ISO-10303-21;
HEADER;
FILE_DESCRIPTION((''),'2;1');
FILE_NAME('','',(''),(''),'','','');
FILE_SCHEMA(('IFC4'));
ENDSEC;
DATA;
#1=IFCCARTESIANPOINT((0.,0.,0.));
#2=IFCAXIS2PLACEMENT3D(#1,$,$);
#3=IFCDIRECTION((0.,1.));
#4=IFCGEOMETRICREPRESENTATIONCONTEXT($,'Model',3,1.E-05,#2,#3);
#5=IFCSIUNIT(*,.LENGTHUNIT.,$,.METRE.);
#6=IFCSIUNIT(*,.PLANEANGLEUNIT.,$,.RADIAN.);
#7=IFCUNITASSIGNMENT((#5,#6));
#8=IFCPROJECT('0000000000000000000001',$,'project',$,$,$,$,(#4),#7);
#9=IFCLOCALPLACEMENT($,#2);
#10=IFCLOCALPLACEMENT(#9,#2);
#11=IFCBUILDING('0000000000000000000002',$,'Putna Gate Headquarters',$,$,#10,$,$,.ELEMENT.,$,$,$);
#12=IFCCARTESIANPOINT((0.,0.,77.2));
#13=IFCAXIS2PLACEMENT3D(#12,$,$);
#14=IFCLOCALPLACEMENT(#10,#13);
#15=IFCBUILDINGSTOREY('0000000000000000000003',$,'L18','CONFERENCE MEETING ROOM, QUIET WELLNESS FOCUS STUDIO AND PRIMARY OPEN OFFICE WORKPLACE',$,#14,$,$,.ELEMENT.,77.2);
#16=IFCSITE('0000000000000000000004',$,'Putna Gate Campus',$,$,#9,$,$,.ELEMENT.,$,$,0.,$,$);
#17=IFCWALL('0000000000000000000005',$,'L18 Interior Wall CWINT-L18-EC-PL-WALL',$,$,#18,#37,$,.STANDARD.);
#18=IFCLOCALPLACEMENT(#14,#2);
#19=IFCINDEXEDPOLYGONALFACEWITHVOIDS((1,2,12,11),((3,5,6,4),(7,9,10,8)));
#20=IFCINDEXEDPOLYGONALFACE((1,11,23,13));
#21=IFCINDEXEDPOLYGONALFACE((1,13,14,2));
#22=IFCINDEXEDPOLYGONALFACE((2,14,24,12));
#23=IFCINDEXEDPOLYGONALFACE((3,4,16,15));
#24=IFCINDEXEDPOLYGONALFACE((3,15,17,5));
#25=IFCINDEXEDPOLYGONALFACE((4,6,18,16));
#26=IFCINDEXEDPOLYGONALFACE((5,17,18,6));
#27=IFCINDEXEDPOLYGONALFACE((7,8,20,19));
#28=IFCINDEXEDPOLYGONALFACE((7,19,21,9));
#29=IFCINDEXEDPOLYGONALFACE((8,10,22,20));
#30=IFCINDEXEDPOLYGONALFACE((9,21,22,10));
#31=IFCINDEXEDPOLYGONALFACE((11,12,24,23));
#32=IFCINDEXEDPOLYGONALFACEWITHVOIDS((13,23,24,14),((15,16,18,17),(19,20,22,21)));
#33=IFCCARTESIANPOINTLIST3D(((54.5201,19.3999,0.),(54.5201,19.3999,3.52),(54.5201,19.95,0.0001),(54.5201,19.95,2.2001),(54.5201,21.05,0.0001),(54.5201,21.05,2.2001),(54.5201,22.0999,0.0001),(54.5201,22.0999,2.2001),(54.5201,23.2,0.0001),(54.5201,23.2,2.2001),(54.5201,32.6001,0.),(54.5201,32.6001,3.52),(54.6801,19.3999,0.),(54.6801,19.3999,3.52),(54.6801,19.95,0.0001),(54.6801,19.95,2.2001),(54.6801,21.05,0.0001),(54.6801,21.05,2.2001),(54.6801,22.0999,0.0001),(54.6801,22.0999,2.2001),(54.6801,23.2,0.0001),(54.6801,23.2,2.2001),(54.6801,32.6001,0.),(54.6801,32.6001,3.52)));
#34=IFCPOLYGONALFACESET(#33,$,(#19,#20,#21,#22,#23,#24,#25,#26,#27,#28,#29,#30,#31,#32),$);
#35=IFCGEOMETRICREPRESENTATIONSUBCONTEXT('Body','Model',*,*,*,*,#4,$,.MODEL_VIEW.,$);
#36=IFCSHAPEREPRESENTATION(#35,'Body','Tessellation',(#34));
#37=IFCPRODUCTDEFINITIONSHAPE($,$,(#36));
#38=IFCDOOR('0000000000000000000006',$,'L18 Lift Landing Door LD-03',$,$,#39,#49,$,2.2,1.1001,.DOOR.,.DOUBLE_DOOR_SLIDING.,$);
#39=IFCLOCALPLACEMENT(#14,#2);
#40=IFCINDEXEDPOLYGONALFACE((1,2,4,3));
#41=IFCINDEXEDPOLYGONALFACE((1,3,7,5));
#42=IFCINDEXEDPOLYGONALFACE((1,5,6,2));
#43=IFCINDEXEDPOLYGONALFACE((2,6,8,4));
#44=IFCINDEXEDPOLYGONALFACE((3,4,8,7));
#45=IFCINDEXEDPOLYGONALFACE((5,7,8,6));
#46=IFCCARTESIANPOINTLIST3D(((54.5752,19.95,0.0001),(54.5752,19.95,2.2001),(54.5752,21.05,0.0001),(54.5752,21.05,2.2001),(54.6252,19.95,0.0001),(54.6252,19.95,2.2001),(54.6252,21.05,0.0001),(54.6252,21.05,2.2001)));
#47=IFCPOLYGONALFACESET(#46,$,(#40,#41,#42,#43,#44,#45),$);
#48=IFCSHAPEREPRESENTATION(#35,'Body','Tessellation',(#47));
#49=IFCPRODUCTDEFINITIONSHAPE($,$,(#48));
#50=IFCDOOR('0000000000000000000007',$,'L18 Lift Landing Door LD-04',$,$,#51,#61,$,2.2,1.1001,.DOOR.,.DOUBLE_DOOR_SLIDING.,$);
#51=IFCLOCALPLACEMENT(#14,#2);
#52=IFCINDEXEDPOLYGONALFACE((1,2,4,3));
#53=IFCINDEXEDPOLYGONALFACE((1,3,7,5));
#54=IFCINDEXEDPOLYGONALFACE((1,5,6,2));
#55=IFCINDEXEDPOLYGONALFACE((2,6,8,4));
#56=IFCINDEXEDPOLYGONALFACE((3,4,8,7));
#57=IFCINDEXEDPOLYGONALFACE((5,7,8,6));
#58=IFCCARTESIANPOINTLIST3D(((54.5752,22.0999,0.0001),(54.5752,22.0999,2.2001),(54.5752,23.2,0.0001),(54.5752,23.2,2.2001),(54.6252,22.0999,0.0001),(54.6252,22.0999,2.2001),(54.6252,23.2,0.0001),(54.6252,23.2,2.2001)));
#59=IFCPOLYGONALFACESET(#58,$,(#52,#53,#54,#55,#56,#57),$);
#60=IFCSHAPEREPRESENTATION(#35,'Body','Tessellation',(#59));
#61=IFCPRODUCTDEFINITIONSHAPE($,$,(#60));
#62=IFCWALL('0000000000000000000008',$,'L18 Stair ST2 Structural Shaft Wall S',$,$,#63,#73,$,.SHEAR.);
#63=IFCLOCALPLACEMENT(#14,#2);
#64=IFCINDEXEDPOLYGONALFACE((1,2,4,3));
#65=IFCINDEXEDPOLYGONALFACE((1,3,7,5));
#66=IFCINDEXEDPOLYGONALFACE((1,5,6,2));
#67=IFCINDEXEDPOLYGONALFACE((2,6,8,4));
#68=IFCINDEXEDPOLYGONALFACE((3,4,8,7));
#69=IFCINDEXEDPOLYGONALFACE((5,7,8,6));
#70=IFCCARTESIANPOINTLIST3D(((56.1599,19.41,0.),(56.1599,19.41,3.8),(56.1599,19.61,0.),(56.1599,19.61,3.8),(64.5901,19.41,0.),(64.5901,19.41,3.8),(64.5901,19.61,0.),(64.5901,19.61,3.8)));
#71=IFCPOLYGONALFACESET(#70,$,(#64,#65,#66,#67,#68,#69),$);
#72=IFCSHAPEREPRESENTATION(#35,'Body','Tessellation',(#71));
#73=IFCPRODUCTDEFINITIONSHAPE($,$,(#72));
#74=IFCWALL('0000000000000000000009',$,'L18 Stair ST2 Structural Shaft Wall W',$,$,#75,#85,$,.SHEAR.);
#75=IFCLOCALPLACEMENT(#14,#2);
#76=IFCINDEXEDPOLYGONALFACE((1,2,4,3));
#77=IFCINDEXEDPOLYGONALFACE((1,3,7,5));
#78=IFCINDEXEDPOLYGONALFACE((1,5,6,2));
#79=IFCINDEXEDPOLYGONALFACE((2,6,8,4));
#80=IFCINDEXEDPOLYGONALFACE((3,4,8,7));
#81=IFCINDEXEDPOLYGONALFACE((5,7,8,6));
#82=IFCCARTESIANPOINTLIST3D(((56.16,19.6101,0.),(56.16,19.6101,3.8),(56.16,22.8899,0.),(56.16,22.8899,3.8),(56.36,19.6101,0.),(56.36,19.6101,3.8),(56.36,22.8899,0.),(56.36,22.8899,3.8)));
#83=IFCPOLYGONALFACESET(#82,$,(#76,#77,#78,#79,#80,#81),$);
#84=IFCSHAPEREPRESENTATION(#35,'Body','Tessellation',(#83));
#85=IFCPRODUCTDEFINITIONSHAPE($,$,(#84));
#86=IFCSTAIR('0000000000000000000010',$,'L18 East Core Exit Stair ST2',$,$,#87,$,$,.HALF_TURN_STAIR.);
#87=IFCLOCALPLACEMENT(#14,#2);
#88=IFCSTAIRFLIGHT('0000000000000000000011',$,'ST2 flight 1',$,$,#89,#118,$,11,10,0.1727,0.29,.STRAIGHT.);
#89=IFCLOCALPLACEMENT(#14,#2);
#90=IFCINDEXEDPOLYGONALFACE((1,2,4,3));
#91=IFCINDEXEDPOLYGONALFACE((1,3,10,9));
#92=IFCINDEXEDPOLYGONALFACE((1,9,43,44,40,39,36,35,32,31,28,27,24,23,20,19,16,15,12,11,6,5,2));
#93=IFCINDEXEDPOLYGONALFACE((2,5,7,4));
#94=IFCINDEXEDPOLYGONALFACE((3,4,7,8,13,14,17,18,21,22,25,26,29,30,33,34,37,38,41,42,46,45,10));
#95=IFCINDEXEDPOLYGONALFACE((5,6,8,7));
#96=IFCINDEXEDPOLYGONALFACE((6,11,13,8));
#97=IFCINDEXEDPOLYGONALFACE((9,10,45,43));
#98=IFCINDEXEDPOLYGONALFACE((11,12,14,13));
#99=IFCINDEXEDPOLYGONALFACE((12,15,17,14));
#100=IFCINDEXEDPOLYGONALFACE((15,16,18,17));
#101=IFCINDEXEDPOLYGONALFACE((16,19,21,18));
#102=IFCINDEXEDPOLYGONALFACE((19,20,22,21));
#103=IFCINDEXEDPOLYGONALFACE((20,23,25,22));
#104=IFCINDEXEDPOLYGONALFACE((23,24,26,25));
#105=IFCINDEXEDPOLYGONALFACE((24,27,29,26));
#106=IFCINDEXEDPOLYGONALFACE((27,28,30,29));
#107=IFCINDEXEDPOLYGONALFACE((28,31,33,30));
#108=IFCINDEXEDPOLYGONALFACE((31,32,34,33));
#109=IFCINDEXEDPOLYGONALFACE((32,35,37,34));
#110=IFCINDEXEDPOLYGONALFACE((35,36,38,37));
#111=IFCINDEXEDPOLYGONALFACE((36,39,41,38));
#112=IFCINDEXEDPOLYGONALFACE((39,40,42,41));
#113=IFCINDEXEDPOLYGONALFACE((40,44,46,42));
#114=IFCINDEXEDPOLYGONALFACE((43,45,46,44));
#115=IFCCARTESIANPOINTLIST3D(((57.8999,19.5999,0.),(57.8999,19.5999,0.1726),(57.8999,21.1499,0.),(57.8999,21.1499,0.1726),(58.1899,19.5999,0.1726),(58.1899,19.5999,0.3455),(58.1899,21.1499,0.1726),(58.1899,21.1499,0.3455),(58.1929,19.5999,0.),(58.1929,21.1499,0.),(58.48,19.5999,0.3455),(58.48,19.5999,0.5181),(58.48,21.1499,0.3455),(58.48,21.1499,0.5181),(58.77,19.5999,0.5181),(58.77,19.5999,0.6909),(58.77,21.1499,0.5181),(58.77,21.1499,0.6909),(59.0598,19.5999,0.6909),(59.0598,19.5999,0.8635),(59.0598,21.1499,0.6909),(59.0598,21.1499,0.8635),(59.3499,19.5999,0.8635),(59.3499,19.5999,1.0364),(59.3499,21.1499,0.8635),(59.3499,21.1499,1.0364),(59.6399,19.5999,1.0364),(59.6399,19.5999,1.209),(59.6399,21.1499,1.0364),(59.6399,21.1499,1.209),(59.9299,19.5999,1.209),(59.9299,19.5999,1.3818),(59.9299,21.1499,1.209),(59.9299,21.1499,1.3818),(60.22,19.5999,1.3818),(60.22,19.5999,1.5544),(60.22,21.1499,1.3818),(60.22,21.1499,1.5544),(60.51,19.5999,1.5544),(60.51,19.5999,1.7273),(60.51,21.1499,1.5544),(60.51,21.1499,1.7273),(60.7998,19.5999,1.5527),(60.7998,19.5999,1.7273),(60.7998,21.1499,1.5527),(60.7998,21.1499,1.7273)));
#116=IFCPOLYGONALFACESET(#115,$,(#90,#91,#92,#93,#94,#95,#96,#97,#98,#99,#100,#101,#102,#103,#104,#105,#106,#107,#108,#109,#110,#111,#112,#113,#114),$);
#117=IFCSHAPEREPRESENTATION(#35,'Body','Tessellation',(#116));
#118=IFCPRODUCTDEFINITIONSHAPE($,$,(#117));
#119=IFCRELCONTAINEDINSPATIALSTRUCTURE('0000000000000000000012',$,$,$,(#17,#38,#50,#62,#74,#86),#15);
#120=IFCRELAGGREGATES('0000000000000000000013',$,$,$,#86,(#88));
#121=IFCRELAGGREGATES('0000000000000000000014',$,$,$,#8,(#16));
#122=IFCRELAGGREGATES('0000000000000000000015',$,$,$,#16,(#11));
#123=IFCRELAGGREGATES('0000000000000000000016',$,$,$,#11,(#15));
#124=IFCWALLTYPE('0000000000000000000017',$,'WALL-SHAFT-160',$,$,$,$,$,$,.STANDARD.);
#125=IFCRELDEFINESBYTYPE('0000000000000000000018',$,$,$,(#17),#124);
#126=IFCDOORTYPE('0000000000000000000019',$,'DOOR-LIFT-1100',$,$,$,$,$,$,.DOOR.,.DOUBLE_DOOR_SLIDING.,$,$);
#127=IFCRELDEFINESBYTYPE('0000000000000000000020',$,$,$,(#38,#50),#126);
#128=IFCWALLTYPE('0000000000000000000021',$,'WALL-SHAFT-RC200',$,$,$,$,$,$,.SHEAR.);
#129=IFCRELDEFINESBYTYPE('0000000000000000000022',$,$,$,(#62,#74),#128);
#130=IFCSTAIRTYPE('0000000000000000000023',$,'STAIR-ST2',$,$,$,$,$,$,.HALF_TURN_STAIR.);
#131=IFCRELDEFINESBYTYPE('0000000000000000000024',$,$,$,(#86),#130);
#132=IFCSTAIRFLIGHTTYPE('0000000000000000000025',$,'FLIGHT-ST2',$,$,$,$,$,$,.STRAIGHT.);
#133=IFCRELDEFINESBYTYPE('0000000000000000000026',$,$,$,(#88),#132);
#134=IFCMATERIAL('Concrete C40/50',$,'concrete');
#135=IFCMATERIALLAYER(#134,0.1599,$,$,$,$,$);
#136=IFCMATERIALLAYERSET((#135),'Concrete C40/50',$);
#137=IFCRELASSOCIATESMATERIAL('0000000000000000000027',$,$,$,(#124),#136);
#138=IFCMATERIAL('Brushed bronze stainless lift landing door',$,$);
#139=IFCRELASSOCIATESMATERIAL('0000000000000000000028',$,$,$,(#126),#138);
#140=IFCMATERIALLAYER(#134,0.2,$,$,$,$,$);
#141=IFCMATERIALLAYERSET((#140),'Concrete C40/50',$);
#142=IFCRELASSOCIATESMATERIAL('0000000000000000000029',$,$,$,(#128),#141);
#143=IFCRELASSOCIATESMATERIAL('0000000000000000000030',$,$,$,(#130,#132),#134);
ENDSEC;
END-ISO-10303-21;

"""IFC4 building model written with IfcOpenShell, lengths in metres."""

from ifc_helpers import new_model, si_unit, direction, frame, frame_2d, origin, place, context, subcontext, project, spatial, polyline, rectangle, outline, extrude, material, layer, layer_set, type_object, element, fill, aggregate, save


model = new_model("IFC4")

# Units and contexts
model_context = context("Model", 3, precision=1e-05, world=origin(), true_north=direction((0.0, 1.0)))
body_context = subcontext(model_context, "Body", "Model", "MODEL_VIEW")
ifc_project = project(units=[si_unit("LENGTHUNIT", "METRE"), si_unit("PLANEANGLEUNIT", "RADIAN")], contexts=[model_context])

# Site, building, storey
site_placement = place(None, origin())
site = spatial("IfcSite", under=ifc_project, at=site_placement, Name="Putna Gate Campus", CompositionType="ELEMENT", RefElevation=0.0)
building_placement = place(site_placement, origin())
building = spatial("IfcBuilding", under=site, at=building_placement, Name="Putna Gate Headquarters", CompositionType="ELEMENT")
storey_placement = place(building_placement, frame((0.0, 0.0, 77.2)))
storey = spatial("IfcBuildingStorey", under=building, at=storey_placement, Name="L18", Description="CONFERENCE MEETING ROOM, QUIET WELLNESS FOCUS STUDIO AND PRIMARY OPEN OFFICE WORKPLACE", CompositionType="ELEMENT", Elevation=77.2)

# Wall, openings, doors
ifc_material_1 = material(Name="Concrete C40/50", Category="concrete")
ifc_layer_1 = layer(ifc_material_1, 0.1599)
ifc_layer_set_1 = layer_set([ifc_layer_1], Name="Concrete C40/50")
wall_type_1 = type_object("IfcWallType", Name="WALL-SHAFT-160", PredefinedType="STANDARD", material=ifc_layer_set_1)
wall_1_placement = place(storey_placement, frame((54.6001, 19.3999, 0.0), z_axis=(0.0, 0.0, 1.0), x_axis=(0.0, 1.0, 0.0)))
wall_1 = element("IfcWall", 1, at=wall_1_placement, inside=storey, type_object=wall_type_1, Name="L18 Interior Wall CWINT-L18-EC-PL-WALL", PredefinedType="STANDARD", context=body_context, shape_type="SweptSolid", body=[
    extrude(rectangle(XDim=13.2002, YDim=0.1599, at=frame_2d((6.6001, 0.0))), origin(), (0.0, 0.0, 1.0), 3.52),
])
opening_1_placement = place(wall_1_placement, frame((0.55, 0.0, 0.0)))
opening_1 = element("IfcOpeningElement", 2, at=opening_1_placement, cuts=wall_1, PredefinedType="OPENING", context=body_context, shape_type="SweptSolid", body=[
    extrude(rectangle(XDim=1.1001, YDim=2.2, at=frame_2d((0.55, 1.1001))), frame((0.0, 0.0898, 0.0), z_axis=(0.0, -1.0, 0.0), x_axis=(1.0, 0.0, 0.0)), (0.0, 0.0, 1.0), 0.1799),
])
opening_2_placement = place(wall_1_placement, frame((2.7, 0.0, 0.0)))
opening_2 = element("IfcOpeningElement", 3, at=opening_2_placement, cuts=wall_1, PredefinedType="OPENING", context=body_context, shape_type="SweptSolid", body=[
    extrude(rectangle(XDim=1.1001, YDim=2.2, at=frame_2d((0.55, 1.1001))), frame((0.0, 0.0898, 0.0), z_axis=(0.0, -1.0, 0.0), x_axis=(1.0, 0.0, 0.0)), (0.0, 0.0, 1.0), 0.1799),
])
ifc_material_2 = material(Name="Brushed bronze stainless lift landing door")
door_type_1 = type_object("IfcDoorType", Name="DOOR-LIFT-1100", OperationType="DOUBLE_DOOR_SLIDING", PredefinedType="DOOR", material=ifc_material_2)
door_1_placement = place(opening_1_placement, origin())
door_1 = element("IfcDoor", 4, at=door_1_placement, inside=storey, type_object=door_type_1, Name="L18 Lift Landing Door LD-03", OperationType="DOUBLE_DOOR_SLIDING", OverallHeight=2.2, OverallWidth=1.1001, PredefinedType="DOOR", context=body_context, shape_type="SweptSolid", body=[
    extrude(rectangle(XDim=1.1001, YDim=2.2, at=frame_2d((0.55, 1.1001))), frame((0.0, 0.0249, 0.0), z_axis=(0.0, -1.0, 0.0), x_axis=(1.0, 0.0, 0.0)), (0.0, 0.0, 1.0), 0.05),
])
fill(opening_1, door_1)
door_2_placement = place(opening_2_placement, origin())
door_2 = element("IfcDoor", 5, at=door_2_placement, inside=storey, type_object=door_type_1, Name="L18 Lift Landing Door LD-04", OperationType="DOUBLE_DOOR_SLIDING", OverallHeight=2.2, OverallWidth=1.1001, PredefinedType="DOOR", context=body_context, shape_type="SweptSolid", body=[
    extrude(rectangle(XDim=1.1001, YDim=2.2, at=frame_2d((0.55, 1.1001))), frame((0.0, 0.0249, 0.0), z_axis=(0.0, -1.0, 0.0), x_axis=(1.0, 0.0, 0.0)), (0.0, 0.0, 1.0), 0.05),
])
fill(opening_2, door_2)

# Walls
ifc_layer_2 = layer(ifc_material_1, 0.2)
ifc_layer_set_2 = layer_set([ifc_layer_2], Name="Concrete C40/50")
wall_type_2 = type_object("IfcWallType", Name="WALL-SHAFT-RC200", PredefinedType="SHEAR", material=ifc_layer_set_2)
wall_2_placement = place(storey_placement, frame((56.1599, 19.51, 0.0), z_axis=(0.0, 0.0, 1.0), x_axis=(1.0, 0.0, 0.0)))
element("IfcWall", 6, at=wall_2_placement, inside=storey, type_object=wall_type_2, Name="L18 Stair ST2 Structural Shaft Wall S", PredefinedType="SHEAR", context=body_context, shape_type="SweptSolid", body=[
    extrude(rectangle(XDim=8.4302, YDim=0.2, at=frame_2d((4.2151, 0.0))), origin(), (0.0, 0.0, 1.0), 3.8),
])
wall_3_placement = place(storey_placement, frame((56.26, 19.6101, 0.0), z_axis=(0.0, 0.0, 1.0), x_axis=(0.0, 1.0, 0.0)))
element("IfcWall", 7, at=wall_3_placement, inside=storey, type_object=wall_type_2, Name="L18 Stair ST2 Structural Shaft Wall W", PredefinedType="SHEAR", context=body_context, shape_type="SweptSolid", body=[
    extrude(rectangle(XDim=3.2798, YDim=0.2, at=frame_2d((1.6399, 0.0))), origin(), (0.0, 0.0, 1.0), 3.8),
])

# Stair, stair flight
stair_type = type_object("IfcStairType", Name="STAIR-ST2", PredefinedType="HALF_TURN_STAIR", material=ifc_material_1)
stair_placement = place(storey_placement, origin())
stair = element("IfcStair", 8, at=stair_placement, inside=storey, type_object=stair_type, Name="L18 East Core Exit Stair ST2", PredefinedType="HALF_TURN_STAIR")
stair_flight_type = type_object("IfcStairFlightType", Name="FLIGHT-ST2", PredefinedType="STRAIGHT", material=ifc_material_1)
stair_flight_placement = place(storey_placement, frame((57.8999, 20.375, 0.0), z_axis=(0.0, 0.0, 1.0), x_axis=(1.0, 0.0, 0.0)))
stair_flight = element("IfcStairFlight", 9, at=stair_flight_placement, type_object=stair_flight_type, Name="ST2 flight 1", NumberOfRisers=11, NumberOfTreads=10, PredefinedType="STRAIGHT", RiserHeight=0.1727, TreadLength=0.29, context=body_context, shape_type="SweptSolid", body=[
    extrude(outline(polyline([(0.0, 0.0), (0.0, 0.1726), (0.29, 0.1726), (0.29, 0.3455), (0.5801, 0.3455), (0.5801, 0.5181), (0.8701, 0.5181), (0.8701, 0.6909), (1.1599, 0.6909), (1.1599, 0.8635), (1.45, 0.8635), (1.45, 1.0364), (1.74, 1.0364), (1.74, 1.209), (2.03, 1.209), (2.03, 1.3818), (2.3201, 1.3818), (2.3201, 1.5544), (2.6101, 1.5544), (2.6101, 1.7273), (2.8999, 1.7273), (2.8999, 1.8999), (2.8999, 1.5527), (0.293, 0.0), (0.0, 0.0)])), frame((0.0, 0.7749, 0.0), z_axis=(0.0, -1.0, 0.0), x_axis=(1.0, 0.0, 0.0)), (0.0, 0.0, 1.0), 1.55),
])
aggregate(stair, [stair_flight])

save(model, "model.ifc")
